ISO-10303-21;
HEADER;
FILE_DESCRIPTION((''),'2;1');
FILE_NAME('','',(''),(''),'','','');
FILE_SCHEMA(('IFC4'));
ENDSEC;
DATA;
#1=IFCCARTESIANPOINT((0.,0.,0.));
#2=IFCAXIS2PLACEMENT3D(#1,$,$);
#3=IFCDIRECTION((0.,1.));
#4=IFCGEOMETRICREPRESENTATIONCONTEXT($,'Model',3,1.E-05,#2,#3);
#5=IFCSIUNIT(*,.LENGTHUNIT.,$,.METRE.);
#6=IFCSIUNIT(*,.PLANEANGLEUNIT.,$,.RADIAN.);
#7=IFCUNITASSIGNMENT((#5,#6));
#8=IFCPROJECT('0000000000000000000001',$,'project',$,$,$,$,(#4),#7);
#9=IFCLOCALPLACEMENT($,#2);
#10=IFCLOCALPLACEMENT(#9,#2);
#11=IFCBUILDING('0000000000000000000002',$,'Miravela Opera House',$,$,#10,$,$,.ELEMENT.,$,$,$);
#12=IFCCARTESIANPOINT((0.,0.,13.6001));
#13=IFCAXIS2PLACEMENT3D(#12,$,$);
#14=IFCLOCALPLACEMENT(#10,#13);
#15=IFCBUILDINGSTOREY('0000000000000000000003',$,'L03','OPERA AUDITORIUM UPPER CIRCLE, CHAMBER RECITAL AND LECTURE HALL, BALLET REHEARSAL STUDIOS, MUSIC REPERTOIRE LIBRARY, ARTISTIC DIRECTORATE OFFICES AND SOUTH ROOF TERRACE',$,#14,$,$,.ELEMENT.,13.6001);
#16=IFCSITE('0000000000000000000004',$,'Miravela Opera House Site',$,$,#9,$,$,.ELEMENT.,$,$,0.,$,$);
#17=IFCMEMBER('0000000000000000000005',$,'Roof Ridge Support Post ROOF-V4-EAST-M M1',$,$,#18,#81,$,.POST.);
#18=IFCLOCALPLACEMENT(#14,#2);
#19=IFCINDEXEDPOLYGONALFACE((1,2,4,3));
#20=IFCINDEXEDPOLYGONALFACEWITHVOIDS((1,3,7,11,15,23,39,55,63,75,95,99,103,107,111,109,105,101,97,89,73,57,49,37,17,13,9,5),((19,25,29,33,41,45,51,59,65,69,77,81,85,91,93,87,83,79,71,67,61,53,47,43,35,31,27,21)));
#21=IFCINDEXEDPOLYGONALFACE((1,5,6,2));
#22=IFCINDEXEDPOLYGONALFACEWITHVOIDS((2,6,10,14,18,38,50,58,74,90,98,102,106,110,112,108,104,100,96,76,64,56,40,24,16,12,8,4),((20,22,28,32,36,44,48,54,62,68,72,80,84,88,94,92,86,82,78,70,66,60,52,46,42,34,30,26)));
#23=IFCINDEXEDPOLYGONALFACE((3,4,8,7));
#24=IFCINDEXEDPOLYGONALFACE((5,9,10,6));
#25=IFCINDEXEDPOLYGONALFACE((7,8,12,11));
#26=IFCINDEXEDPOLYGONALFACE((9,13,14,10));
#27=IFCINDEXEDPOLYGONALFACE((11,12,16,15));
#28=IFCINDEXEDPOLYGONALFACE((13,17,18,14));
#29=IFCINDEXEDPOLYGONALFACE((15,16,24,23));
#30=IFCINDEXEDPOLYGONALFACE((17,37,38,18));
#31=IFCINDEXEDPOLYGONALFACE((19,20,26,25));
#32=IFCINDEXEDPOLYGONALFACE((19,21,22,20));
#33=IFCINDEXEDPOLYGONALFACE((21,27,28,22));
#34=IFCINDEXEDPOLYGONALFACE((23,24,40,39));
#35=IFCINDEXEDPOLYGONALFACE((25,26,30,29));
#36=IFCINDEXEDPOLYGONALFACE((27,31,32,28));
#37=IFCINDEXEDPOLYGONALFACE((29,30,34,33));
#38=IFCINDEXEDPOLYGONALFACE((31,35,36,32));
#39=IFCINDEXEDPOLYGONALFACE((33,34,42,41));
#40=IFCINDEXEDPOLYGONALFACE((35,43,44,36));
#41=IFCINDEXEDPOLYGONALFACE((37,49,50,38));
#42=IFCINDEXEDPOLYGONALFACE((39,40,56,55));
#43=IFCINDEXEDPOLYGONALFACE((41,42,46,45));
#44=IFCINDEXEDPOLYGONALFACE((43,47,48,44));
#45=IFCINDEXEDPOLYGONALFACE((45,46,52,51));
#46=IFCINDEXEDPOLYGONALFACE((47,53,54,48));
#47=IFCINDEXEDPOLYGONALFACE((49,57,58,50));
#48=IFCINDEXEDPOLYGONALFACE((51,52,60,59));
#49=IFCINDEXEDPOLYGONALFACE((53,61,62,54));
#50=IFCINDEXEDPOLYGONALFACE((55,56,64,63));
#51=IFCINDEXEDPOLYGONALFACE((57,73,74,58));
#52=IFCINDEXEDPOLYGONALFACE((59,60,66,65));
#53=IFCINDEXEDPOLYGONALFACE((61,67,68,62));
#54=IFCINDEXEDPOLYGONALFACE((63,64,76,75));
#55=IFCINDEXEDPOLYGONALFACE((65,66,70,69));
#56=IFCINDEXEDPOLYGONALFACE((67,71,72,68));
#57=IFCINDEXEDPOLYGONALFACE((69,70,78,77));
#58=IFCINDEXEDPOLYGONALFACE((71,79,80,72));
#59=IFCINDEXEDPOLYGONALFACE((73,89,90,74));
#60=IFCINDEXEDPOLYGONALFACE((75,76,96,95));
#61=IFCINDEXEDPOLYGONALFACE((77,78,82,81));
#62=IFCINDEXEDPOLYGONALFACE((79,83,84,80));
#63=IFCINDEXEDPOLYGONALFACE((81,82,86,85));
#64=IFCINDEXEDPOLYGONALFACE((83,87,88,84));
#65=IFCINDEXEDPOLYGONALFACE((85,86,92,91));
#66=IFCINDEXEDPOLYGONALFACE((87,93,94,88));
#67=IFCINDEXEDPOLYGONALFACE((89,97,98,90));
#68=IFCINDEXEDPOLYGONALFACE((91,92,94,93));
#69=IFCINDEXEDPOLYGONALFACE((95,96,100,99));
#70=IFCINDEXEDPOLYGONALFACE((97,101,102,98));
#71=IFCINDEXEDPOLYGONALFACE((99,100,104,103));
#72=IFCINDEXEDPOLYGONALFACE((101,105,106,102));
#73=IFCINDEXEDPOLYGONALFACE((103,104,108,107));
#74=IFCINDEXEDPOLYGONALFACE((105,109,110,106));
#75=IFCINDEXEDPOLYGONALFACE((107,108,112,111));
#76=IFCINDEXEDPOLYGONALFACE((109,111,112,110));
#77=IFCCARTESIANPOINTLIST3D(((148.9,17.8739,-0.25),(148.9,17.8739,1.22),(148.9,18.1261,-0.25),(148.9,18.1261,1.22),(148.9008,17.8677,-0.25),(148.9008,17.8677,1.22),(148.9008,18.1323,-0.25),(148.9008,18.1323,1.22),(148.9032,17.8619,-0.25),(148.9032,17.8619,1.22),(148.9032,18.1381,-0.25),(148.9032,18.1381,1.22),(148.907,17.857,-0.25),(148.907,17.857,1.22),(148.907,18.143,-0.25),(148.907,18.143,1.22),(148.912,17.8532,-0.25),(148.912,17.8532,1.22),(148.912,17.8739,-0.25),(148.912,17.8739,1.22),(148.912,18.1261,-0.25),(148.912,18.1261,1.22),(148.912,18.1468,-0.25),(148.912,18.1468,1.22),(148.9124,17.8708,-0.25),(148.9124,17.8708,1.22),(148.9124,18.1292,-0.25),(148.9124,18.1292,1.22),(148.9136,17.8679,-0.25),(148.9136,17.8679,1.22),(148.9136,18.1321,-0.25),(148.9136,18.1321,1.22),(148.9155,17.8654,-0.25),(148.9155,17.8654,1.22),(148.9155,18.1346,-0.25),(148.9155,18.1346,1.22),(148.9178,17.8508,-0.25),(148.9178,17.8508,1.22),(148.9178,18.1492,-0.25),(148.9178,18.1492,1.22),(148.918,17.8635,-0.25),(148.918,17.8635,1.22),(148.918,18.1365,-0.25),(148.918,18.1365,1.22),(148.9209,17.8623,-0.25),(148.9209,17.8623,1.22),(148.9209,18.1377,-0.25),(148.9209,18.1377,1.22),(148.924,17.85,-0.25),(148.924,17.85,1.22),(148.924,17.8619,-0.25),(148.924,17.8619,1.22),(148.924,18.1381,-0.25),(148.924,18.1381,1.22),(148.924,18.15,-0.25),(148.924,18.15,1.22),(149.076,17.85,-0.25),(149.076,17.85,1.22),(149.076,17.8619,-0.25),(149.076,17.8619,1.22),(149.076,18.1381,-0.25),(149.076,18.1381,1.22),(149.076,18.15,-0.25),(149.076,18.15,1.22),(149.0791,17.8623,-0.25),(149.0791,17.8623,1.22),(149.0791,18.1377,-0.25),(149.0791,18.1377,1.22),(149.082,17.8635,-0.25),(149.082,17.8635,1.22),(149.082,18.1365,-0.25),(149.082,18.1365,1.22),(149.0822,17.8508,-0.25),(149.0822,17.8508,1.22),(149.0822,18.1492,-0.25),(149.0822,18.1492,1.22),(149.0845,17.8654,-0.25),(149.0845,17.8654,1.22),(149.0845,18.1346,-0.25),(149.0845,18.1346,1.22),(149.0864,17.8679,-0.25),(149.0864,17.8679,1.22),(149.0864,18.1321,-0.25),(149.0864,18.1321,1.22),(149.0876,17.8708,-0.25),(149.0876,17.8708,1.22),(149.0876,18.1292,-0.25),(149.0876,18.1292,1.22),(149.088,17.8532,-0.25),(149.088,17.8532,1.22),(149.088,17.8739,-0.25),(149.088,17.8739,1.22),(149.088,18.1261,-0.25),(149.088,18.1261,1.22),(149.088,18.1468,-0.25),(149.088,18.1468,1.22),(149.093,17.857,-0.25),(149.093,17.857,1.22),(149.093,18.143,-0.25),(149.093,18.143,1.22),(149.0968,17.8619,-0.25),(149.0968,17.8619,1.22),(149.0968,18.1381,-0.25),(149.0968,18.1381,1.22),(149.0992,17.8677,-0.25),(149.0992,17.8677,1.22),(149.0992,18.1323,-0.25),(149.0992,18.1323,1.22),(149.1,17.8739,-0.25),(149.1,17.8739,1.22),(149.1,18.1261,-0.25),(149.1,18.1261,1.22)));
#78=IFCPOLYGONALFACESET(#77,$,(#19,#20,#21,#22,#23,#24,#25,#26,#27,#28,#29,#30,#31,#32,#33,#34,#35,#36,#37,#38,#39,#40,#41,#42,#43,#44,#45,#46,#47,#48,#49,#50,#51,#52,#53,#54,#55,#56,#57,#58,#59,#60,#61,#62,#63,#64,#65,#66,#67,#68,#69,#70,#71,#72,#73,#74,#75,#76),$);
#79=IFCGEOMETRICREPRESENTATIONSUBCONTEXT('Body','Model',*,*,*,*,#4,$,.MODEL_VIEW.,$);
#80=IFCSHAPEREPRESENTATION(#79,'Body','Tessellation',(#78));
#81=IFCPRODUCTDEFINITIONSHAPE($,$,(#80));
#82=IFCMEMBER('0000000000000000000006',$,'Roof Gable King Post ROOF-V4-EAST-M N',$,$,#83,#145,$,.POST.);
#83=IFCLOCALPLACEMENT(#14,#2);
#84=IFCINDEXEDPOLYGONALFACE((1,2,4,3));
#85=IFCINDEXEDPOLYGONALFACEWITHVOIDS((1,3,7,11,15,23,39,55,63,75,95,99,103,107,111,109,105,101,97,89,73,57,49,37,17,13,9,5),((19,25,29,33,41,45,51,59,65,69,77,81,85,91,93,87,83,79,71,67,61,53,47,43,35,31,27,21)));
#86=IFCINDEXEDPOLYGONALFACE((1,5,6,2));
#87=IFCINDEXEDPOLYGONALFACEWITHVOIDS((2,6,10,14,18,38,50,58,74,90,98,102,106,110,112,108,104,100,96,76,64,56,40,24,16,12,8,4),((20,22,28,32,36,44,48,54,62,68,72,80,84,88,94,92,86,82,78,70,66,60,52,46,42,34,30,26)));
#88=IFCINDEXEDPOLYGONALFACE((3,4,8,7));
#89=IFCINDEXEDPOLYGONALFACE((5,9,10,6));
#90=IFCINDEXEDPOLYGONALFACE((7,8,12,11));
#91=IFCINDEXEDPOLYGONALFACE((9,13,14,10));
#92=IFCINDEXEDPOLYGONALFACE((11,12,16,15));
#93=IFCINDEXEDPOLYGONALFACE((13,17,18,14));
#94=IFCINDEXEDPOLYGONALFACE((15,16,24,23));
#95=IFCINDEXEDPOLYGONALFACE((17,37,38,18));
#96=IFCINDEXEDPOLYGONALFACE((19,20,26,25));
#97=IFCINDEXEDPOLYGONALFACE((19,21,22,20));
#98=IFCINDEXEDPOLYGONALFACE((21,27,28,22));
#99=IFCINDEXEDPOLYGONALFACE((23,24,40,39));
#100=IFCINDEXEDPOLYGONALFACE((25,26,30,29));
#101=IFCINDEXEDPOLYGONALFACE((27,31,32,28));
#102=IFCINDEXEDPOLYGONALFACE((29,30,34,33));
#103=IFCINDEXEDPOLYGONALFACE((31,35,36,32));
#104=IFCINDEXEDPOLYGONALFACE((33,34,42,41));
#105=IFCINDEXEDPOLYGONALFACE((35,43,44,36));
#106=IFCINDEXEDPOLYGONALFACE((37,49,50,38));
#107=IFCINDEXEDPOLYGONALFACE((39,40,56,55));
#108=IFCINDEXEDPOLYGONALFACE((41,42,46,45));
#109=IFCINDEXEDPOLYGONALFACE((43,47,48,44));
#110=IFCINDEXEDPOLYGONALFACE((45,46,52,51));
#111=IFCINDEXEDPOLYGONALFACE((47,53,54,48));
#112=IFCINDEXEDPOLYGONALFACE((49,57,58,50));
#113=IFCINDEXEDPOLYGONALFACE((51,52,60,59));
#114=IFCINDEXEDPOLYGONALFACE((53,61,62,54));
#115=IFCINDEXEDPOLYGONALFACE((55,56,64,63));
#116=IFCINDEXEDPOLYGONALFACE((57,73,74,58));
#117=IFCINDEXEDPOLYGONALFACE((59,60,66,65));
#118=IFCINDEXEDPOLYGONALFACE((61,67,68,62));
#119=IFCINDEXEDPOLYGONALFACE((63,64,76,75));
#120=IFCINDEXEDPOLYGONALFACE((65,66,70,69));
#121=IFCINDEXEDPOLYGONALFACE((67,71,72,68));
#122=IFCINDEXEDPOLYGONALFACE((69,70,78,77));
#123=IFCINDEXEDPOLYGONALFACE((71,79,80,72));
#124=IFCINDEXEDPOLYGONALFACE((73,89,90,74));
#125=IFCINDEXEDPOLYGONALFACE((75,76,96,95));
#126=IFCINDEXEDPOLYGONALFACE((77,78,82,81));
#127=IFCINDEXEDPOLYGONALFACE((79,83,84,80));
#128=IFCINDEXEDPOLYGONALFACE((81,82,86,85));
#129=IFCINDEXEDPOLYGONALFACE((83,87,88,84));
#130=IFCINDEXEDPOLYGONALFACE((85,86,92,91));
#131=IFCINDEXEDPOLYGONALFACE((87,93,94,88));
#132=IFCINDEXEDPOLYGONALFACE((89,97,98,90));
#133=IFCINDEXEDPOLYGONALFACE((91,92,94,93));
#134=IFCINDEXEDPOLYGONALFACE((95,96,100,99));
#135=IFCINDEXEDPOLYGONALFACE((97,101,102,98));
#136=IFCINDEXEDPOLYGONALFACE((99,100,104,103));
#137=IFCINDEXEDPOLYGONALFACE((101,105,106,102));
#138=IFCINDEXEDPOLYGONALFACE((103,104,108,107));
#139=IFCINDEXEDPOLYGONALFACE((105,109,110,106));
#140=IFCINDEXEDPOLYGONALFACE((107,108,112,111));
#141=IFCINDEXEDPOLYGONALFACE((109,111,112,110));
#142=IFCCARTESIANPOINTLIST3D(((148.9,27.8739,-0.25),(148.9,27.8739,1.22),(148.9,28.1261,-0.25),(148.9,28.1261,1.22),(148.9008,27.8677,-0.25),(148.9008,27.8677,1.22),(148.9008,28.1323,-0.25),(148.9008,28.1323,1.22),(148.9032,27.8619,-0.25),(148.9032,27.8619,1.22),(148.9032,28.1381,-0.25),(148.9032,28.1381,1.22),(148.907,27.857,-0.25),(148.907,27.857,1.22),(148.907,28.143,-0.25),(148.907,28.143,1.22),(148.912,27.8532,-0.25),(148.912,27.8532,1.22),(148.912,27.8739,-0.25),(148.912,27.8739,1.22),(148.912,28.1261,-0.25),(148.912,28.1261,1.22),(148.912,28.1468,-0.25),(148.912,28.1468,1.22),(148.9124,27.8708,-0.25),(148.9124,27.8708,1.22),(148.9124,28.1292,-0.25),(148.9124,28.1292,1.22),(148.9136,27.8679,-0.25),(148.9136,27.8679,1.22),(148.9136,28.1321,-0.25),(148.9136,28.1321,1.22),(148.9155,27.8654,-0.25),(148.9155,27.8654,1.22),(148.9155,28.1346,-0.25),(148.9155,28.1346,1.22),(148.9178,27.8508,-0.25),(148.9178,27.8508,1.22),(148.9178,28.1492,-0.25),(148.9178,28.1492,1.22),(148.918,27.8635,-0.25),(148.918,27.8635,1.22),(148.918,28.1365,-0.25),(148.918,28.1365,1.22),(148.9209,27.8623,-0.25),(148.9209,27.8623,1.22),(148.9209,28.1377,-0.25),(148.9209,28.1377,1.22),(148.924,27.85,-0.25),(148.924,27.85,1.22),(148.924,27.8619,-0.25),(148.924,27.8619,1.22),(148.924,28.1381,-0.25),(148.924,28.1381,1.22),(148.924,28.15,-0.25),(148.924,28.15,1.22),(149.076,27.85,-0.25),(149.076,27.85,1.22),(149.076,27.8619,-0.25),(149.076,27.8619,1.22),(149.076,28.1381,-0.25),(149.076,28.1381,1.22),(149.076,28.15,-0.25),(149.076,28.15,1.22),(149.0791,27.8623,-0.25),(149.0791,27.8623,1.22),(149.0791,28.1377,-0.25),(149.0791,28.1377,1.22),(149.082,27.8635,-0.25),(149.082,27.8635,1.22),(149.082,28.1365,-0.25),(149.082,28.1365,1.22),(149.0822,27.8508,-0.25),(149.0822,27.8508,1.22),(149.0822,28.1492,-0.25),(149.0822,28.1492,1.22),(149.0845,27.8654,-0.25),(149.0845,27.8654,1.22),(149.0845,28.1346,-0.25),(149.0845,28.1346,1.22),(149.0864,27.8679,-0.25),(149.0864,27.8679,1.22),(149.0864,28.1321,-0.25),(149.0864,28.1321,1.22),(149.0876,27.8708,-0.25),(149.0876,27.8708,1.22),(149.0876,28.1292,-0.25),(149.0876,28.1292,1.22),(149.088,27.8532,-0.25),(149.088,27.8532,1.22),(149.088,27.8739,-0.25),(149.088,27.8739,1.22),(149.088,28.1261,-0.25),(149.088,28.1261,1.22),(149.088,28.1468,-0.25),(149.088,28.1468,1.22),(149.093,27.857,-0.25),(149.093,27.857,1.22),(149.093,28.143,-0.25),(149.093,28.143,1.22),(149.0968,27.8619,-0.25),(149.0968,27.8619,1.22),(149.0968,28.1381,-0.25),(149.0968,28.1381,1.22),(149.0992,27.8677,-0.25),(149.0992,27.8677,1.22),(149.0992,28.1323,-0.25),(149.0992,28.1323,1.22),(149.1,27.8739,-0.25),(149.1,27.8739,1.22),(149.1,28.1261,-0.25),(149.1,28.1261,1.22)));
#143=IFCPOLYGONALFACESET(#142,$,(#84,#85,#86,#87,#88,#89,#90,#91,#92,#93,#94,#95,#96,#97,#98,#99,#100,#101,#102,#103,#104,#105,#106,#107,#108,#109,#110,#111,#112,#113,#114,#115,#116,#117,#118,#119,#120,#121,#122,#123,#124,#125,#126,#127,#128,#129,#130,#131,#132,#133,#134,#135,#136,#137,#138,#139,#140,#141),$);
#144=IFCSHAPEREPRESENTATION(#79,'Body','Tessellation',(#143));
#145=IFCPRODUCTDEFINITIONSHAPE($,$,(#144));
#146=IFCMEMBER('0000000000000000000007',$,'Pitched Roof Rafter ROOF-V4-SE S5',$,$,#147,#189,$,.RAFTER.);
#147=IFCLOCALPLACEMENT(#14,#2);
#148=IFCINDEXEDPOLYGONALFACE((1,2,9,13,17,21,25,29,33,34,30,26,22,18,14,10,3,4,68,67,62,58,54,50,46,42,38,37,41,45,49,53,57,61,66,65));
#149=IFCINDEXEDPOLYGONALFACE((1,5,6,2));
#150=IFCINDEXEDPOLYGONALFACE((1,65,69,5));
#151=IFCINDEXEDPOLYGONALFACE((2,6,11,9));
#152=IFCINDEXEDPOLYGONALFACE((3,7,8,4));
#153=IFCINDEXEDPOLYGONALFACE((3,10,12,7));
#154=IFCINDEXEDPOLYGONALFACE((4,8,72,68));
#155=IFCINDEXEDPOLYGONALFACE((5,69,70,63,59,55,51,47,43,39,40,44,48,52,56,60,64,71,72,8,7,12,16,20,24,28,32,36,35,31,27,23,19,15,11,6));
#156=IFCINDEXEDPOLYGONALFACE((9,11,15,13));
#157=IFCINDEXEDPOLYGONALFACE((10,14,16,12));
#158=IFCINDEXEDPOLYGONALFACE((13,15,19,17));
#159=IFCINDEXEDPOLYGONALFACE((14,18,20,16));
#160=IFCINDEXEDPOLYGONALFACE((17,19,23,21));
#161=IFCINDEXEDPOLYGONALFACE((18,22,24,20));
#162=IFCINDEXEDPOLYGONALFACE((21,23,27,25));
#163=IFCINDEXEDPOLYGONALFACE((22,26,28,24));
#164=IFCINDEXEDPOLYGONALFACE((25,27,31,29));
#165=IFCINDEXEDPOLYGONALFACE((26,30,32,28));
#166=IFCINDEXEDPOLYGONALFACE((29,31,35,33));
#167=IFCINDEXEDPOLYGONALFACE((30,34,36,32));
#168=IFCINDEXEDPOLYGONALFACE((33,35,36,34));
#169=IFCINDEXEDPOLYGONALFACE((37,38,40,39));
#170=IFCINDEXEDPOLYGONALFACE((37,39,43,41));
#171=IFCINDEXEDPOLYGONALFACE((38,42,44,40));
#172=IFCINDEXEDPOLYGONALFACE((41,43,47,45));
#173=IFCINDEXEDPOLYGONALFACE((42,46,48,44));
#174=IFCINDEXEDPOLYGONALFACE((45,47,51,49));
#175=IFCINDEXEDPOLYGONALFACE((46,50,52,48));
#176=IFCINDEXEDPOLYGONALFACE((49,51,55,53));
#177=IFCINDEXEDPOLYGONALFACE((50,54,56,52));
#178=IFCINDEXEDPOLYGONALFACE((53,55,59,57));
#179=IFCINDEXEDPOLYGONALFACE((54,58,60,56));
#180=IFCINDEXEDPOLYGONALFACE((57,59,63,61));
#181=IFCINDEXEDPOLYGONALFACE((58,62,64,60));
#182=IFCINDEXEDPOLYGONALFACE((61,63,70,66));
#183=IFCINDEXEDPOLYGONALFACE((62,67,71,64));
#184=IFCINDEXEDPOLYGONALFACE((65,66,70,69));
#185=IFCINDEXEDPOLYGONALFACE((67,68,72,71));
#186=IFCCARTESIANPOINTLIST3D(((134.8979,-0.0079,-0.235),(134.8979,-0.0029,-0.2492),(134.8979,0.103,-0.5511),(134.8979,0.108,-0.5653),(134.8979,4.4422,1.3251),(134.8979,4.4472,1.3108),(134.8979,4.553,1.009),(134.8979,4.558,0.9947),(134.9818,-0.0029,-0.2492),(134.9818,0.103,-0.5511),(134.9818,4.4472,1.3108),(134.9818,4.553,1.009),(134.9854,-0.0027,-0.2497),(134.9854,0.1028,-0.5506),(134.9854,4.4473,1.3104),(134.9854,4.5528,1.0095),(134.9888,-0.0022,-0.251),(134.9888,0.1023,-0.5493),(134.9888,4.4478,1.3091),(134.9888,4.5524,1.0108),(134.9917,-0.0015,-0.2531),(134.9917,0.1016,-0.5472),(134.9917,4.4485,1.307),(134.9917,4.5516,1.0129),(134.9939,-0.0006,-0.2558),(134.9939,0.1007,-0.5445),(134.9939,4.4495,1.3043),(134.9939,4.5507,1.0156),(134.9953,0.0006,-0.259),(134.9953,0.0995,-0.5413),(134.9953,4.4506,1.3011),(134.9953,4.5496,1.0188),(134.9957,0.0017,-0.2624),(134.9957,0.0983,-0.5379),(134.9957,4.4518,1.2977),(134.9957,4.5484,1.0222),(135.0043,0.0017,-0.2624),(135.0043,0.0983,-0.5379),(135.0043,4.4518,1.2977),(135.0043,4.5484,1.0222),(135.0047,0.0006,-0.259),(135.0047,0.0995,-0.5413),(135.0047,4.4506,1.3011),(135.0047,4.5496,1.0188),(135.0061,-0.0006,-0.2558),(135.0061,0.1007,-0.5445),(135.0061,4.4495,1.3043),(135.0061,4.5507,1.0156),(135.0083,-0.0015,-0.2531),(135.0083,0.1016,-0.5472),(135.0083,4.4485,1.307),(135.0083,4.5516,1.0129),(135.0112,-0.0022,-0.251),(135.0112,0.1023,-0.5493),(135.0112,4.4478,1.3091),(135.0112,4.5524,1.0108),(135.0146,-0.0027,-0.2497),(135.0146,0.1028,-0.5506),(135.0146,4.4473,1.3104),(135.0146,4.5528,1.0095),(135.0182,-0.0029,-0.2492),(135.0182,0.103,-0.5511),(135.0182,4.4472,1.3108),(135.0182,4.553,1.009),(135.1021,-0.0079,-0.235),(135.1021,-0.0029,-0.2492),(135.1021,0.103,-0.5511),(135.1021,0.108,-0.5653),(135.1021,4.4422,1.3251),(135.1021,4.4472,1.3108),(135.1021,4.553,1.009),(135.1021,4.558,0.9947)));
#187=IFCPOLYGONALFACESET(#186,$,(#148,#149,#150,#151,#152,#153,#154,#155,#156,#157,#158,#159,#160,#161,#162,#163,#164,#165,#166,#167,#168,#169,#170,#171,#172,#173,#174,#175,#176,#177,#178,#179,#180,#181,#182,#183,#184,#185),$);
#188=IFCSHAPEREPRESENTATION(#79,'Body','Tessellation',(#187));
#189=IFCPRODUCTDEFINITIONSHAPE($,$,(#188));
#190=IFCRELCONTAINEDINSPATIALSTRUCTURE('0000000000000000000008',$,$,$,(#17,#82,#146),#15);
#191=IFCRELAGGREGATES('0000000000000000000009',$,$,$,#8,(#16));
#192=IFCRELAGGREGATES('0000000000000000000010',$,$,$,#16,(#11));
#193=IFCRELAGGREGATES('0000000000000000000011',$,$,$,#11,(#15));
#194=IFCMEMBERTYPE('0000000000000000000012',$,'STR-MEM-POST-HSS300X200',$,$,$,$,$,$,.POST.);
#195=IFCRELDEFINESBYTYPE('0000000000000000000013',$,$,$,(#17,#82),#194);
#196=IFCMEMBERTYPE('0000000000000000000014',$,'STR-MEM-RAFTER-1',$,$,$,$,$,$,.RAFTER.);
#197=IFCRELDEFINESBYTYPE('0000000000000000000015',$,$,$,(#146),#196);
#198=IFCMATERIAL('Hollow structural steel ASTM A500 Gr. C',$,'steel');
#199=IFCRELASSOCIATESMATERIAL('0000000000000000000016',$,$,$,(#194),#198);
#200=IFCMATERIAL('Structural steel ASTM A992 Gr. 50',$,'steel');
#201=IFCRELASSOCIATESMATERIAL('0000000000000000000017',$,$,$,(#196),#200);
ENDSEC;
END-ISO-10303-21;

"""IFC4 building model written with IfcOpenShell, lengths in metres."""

from ifc_helpers import new_model, si_unit, direction, frame, origin, origin_2d, place, context, subcontext, project, spatial, hollow_rectangle, i_section, extrude, material, material_profile, profile_set, type_object, element, save


model = new_model("IFC4")

# Units and contexts
model_context = context("Model", 3, precision=1e-05, world=origin(), true_north=direction((0.0, 1.0)))
body_context = subcontext(model_context, "Body", "Model", "MODEL_VIEW")
ifc_project = project(units=[si_unit("LENGTHUNIT", "METRE"), si_unit("PLANEANGLEUNIT", "RADIAN")], contexts=[model_context])

# Site, building, storey
site_placement = place(None, origin())
site = spatial("IfcSite", under=ifc_project, at=site_placement, Name="Miravela Opera House Site", CompositionType="ELEMENT", RefElevation=0.0)
building_placement = place(site_placement, origin())
building = spatial("IfcBuilding", under=site, at=building_placement, Name="Miravela Opera House", CompositionType="ELEMENT")
storey_placement = place(building_placement, frame((0.0, 0.0, 13.6001)))
storey = spatial("IfcBuildingStorey", under=building, at=storey_placement, Name="L03", Description="OPERA AUDITORIUM UPPER CIRCLE, CHAMBER RECITAL AND LECTURE HALL, BALLET REHEARSAL STUDIOS, MUSIC REPERTOIRE LIBRARY, ARTISTIC DIRECTORATE OFFICES AND SOUTH ROOF TERRACE", CompositionType="ELEMENT", Elevation=13.6001)

# Shared definitions
ifc_material_1 = material(Name="Structural steel ASTM A992 Gr. 50", Category="steel")

# Members
ifc_material_2 = material(Name="Hollow structural steel ASTM A500 Gr. C", Category="steel")
ifc_material_profile_1 = material_profile(ifc_material_2, hollow_rectangle(XDim=0.2, YDim=0.3, WallThickness=0.012, InnerFilletRadius=0.012, OuterFilletRadius=0.0239, at=origin_2d()), Name="HSS300X200X12")
ifc_profile_set_1 = profile_set([ifc_material_profile_1])
member_type_1 = type_object("IfcMemberType", Name="STR-MEM-POST-HSS300X200", PredefinedType="POST", material=ifc_profile_set_1)
for number, where, z_axis, x_axis, name in (
    (1, (149.0, 18.0, -0.25), (0.0, 0.0, 1.0), (1.0, 0.0, 0.0), "Roof Ridge Support Post ROOF-V4-EAST-M M1"),
    (2, (149.0, 28.0, -0.25), (0.0, 0.0, 1.0), (1.0, 0.0, 0.0), "Roof Gable King Post ROOF-V4-EAST-M N"),
):
    element("IfcMember", number, at=place(storey_placement, frame(where, z_axis=z_axis, x_axis=x_axis)), inside=storey, type_object=member_type_1, Name=name, PredefinedType="POST", context=body_context, shape_type="SweptSolid", body=[
        extrude(hollow_rectangle(XDim=0.2, YDim=0.3, WallThickness=0.012, InnerFilletRadius=0.012, OuterFilletRadius=0.0239, at=origin_2d()), origin(), (0.0, 0.0, 1.0), 1.47),
    ])
ifc_material_profile_2 = material_profile(ifc_material_1, i_section(OverallWidth=0.2041, OverallDepth=0.3501, WebThickness=0.0085, FlangeThickness=0.0151, FilletRadius=0.0139, at=origin_2d()), Name="W360X72")
ifc_profile_set_2 = profile_set([ifc_material_profile_2])
member_type_2 = type_object("IfcMemberType", Name="STR-MEM-RAFTER-1", PredefinedType="RAFTER", material=ifc_profile_set_2)
for number, where, z_axis, x_axis, name in (
    (3, (135.0, 0.05, -0.4001), (0.0, 0.943688, 0.330837), (-1.0, 0.0, 0.0), "Pitched Roof Rafter ROOF-V4-SE S5"),
):
    element("IfcMember", number, at=place(storey_placement, frame(where, z_axis=z_axis, x_axis=x_axis)), inside=storey, type_object=member_type_2, Name=name, PredefinedType="RAFTER", context=body_context, shape_type="SweptSolid", body=[
        extrude(i_section(OverallWidth=0.2041, OverallDepth=0.3501, WebThickness=0.0085, FlangeThickness=0.0151, FilletRadius=0.0139, at=origin_2d()), origin(), (0.0, 0.0, 1.0), 4.7156),
    ])

save(model, "model.ifc")
